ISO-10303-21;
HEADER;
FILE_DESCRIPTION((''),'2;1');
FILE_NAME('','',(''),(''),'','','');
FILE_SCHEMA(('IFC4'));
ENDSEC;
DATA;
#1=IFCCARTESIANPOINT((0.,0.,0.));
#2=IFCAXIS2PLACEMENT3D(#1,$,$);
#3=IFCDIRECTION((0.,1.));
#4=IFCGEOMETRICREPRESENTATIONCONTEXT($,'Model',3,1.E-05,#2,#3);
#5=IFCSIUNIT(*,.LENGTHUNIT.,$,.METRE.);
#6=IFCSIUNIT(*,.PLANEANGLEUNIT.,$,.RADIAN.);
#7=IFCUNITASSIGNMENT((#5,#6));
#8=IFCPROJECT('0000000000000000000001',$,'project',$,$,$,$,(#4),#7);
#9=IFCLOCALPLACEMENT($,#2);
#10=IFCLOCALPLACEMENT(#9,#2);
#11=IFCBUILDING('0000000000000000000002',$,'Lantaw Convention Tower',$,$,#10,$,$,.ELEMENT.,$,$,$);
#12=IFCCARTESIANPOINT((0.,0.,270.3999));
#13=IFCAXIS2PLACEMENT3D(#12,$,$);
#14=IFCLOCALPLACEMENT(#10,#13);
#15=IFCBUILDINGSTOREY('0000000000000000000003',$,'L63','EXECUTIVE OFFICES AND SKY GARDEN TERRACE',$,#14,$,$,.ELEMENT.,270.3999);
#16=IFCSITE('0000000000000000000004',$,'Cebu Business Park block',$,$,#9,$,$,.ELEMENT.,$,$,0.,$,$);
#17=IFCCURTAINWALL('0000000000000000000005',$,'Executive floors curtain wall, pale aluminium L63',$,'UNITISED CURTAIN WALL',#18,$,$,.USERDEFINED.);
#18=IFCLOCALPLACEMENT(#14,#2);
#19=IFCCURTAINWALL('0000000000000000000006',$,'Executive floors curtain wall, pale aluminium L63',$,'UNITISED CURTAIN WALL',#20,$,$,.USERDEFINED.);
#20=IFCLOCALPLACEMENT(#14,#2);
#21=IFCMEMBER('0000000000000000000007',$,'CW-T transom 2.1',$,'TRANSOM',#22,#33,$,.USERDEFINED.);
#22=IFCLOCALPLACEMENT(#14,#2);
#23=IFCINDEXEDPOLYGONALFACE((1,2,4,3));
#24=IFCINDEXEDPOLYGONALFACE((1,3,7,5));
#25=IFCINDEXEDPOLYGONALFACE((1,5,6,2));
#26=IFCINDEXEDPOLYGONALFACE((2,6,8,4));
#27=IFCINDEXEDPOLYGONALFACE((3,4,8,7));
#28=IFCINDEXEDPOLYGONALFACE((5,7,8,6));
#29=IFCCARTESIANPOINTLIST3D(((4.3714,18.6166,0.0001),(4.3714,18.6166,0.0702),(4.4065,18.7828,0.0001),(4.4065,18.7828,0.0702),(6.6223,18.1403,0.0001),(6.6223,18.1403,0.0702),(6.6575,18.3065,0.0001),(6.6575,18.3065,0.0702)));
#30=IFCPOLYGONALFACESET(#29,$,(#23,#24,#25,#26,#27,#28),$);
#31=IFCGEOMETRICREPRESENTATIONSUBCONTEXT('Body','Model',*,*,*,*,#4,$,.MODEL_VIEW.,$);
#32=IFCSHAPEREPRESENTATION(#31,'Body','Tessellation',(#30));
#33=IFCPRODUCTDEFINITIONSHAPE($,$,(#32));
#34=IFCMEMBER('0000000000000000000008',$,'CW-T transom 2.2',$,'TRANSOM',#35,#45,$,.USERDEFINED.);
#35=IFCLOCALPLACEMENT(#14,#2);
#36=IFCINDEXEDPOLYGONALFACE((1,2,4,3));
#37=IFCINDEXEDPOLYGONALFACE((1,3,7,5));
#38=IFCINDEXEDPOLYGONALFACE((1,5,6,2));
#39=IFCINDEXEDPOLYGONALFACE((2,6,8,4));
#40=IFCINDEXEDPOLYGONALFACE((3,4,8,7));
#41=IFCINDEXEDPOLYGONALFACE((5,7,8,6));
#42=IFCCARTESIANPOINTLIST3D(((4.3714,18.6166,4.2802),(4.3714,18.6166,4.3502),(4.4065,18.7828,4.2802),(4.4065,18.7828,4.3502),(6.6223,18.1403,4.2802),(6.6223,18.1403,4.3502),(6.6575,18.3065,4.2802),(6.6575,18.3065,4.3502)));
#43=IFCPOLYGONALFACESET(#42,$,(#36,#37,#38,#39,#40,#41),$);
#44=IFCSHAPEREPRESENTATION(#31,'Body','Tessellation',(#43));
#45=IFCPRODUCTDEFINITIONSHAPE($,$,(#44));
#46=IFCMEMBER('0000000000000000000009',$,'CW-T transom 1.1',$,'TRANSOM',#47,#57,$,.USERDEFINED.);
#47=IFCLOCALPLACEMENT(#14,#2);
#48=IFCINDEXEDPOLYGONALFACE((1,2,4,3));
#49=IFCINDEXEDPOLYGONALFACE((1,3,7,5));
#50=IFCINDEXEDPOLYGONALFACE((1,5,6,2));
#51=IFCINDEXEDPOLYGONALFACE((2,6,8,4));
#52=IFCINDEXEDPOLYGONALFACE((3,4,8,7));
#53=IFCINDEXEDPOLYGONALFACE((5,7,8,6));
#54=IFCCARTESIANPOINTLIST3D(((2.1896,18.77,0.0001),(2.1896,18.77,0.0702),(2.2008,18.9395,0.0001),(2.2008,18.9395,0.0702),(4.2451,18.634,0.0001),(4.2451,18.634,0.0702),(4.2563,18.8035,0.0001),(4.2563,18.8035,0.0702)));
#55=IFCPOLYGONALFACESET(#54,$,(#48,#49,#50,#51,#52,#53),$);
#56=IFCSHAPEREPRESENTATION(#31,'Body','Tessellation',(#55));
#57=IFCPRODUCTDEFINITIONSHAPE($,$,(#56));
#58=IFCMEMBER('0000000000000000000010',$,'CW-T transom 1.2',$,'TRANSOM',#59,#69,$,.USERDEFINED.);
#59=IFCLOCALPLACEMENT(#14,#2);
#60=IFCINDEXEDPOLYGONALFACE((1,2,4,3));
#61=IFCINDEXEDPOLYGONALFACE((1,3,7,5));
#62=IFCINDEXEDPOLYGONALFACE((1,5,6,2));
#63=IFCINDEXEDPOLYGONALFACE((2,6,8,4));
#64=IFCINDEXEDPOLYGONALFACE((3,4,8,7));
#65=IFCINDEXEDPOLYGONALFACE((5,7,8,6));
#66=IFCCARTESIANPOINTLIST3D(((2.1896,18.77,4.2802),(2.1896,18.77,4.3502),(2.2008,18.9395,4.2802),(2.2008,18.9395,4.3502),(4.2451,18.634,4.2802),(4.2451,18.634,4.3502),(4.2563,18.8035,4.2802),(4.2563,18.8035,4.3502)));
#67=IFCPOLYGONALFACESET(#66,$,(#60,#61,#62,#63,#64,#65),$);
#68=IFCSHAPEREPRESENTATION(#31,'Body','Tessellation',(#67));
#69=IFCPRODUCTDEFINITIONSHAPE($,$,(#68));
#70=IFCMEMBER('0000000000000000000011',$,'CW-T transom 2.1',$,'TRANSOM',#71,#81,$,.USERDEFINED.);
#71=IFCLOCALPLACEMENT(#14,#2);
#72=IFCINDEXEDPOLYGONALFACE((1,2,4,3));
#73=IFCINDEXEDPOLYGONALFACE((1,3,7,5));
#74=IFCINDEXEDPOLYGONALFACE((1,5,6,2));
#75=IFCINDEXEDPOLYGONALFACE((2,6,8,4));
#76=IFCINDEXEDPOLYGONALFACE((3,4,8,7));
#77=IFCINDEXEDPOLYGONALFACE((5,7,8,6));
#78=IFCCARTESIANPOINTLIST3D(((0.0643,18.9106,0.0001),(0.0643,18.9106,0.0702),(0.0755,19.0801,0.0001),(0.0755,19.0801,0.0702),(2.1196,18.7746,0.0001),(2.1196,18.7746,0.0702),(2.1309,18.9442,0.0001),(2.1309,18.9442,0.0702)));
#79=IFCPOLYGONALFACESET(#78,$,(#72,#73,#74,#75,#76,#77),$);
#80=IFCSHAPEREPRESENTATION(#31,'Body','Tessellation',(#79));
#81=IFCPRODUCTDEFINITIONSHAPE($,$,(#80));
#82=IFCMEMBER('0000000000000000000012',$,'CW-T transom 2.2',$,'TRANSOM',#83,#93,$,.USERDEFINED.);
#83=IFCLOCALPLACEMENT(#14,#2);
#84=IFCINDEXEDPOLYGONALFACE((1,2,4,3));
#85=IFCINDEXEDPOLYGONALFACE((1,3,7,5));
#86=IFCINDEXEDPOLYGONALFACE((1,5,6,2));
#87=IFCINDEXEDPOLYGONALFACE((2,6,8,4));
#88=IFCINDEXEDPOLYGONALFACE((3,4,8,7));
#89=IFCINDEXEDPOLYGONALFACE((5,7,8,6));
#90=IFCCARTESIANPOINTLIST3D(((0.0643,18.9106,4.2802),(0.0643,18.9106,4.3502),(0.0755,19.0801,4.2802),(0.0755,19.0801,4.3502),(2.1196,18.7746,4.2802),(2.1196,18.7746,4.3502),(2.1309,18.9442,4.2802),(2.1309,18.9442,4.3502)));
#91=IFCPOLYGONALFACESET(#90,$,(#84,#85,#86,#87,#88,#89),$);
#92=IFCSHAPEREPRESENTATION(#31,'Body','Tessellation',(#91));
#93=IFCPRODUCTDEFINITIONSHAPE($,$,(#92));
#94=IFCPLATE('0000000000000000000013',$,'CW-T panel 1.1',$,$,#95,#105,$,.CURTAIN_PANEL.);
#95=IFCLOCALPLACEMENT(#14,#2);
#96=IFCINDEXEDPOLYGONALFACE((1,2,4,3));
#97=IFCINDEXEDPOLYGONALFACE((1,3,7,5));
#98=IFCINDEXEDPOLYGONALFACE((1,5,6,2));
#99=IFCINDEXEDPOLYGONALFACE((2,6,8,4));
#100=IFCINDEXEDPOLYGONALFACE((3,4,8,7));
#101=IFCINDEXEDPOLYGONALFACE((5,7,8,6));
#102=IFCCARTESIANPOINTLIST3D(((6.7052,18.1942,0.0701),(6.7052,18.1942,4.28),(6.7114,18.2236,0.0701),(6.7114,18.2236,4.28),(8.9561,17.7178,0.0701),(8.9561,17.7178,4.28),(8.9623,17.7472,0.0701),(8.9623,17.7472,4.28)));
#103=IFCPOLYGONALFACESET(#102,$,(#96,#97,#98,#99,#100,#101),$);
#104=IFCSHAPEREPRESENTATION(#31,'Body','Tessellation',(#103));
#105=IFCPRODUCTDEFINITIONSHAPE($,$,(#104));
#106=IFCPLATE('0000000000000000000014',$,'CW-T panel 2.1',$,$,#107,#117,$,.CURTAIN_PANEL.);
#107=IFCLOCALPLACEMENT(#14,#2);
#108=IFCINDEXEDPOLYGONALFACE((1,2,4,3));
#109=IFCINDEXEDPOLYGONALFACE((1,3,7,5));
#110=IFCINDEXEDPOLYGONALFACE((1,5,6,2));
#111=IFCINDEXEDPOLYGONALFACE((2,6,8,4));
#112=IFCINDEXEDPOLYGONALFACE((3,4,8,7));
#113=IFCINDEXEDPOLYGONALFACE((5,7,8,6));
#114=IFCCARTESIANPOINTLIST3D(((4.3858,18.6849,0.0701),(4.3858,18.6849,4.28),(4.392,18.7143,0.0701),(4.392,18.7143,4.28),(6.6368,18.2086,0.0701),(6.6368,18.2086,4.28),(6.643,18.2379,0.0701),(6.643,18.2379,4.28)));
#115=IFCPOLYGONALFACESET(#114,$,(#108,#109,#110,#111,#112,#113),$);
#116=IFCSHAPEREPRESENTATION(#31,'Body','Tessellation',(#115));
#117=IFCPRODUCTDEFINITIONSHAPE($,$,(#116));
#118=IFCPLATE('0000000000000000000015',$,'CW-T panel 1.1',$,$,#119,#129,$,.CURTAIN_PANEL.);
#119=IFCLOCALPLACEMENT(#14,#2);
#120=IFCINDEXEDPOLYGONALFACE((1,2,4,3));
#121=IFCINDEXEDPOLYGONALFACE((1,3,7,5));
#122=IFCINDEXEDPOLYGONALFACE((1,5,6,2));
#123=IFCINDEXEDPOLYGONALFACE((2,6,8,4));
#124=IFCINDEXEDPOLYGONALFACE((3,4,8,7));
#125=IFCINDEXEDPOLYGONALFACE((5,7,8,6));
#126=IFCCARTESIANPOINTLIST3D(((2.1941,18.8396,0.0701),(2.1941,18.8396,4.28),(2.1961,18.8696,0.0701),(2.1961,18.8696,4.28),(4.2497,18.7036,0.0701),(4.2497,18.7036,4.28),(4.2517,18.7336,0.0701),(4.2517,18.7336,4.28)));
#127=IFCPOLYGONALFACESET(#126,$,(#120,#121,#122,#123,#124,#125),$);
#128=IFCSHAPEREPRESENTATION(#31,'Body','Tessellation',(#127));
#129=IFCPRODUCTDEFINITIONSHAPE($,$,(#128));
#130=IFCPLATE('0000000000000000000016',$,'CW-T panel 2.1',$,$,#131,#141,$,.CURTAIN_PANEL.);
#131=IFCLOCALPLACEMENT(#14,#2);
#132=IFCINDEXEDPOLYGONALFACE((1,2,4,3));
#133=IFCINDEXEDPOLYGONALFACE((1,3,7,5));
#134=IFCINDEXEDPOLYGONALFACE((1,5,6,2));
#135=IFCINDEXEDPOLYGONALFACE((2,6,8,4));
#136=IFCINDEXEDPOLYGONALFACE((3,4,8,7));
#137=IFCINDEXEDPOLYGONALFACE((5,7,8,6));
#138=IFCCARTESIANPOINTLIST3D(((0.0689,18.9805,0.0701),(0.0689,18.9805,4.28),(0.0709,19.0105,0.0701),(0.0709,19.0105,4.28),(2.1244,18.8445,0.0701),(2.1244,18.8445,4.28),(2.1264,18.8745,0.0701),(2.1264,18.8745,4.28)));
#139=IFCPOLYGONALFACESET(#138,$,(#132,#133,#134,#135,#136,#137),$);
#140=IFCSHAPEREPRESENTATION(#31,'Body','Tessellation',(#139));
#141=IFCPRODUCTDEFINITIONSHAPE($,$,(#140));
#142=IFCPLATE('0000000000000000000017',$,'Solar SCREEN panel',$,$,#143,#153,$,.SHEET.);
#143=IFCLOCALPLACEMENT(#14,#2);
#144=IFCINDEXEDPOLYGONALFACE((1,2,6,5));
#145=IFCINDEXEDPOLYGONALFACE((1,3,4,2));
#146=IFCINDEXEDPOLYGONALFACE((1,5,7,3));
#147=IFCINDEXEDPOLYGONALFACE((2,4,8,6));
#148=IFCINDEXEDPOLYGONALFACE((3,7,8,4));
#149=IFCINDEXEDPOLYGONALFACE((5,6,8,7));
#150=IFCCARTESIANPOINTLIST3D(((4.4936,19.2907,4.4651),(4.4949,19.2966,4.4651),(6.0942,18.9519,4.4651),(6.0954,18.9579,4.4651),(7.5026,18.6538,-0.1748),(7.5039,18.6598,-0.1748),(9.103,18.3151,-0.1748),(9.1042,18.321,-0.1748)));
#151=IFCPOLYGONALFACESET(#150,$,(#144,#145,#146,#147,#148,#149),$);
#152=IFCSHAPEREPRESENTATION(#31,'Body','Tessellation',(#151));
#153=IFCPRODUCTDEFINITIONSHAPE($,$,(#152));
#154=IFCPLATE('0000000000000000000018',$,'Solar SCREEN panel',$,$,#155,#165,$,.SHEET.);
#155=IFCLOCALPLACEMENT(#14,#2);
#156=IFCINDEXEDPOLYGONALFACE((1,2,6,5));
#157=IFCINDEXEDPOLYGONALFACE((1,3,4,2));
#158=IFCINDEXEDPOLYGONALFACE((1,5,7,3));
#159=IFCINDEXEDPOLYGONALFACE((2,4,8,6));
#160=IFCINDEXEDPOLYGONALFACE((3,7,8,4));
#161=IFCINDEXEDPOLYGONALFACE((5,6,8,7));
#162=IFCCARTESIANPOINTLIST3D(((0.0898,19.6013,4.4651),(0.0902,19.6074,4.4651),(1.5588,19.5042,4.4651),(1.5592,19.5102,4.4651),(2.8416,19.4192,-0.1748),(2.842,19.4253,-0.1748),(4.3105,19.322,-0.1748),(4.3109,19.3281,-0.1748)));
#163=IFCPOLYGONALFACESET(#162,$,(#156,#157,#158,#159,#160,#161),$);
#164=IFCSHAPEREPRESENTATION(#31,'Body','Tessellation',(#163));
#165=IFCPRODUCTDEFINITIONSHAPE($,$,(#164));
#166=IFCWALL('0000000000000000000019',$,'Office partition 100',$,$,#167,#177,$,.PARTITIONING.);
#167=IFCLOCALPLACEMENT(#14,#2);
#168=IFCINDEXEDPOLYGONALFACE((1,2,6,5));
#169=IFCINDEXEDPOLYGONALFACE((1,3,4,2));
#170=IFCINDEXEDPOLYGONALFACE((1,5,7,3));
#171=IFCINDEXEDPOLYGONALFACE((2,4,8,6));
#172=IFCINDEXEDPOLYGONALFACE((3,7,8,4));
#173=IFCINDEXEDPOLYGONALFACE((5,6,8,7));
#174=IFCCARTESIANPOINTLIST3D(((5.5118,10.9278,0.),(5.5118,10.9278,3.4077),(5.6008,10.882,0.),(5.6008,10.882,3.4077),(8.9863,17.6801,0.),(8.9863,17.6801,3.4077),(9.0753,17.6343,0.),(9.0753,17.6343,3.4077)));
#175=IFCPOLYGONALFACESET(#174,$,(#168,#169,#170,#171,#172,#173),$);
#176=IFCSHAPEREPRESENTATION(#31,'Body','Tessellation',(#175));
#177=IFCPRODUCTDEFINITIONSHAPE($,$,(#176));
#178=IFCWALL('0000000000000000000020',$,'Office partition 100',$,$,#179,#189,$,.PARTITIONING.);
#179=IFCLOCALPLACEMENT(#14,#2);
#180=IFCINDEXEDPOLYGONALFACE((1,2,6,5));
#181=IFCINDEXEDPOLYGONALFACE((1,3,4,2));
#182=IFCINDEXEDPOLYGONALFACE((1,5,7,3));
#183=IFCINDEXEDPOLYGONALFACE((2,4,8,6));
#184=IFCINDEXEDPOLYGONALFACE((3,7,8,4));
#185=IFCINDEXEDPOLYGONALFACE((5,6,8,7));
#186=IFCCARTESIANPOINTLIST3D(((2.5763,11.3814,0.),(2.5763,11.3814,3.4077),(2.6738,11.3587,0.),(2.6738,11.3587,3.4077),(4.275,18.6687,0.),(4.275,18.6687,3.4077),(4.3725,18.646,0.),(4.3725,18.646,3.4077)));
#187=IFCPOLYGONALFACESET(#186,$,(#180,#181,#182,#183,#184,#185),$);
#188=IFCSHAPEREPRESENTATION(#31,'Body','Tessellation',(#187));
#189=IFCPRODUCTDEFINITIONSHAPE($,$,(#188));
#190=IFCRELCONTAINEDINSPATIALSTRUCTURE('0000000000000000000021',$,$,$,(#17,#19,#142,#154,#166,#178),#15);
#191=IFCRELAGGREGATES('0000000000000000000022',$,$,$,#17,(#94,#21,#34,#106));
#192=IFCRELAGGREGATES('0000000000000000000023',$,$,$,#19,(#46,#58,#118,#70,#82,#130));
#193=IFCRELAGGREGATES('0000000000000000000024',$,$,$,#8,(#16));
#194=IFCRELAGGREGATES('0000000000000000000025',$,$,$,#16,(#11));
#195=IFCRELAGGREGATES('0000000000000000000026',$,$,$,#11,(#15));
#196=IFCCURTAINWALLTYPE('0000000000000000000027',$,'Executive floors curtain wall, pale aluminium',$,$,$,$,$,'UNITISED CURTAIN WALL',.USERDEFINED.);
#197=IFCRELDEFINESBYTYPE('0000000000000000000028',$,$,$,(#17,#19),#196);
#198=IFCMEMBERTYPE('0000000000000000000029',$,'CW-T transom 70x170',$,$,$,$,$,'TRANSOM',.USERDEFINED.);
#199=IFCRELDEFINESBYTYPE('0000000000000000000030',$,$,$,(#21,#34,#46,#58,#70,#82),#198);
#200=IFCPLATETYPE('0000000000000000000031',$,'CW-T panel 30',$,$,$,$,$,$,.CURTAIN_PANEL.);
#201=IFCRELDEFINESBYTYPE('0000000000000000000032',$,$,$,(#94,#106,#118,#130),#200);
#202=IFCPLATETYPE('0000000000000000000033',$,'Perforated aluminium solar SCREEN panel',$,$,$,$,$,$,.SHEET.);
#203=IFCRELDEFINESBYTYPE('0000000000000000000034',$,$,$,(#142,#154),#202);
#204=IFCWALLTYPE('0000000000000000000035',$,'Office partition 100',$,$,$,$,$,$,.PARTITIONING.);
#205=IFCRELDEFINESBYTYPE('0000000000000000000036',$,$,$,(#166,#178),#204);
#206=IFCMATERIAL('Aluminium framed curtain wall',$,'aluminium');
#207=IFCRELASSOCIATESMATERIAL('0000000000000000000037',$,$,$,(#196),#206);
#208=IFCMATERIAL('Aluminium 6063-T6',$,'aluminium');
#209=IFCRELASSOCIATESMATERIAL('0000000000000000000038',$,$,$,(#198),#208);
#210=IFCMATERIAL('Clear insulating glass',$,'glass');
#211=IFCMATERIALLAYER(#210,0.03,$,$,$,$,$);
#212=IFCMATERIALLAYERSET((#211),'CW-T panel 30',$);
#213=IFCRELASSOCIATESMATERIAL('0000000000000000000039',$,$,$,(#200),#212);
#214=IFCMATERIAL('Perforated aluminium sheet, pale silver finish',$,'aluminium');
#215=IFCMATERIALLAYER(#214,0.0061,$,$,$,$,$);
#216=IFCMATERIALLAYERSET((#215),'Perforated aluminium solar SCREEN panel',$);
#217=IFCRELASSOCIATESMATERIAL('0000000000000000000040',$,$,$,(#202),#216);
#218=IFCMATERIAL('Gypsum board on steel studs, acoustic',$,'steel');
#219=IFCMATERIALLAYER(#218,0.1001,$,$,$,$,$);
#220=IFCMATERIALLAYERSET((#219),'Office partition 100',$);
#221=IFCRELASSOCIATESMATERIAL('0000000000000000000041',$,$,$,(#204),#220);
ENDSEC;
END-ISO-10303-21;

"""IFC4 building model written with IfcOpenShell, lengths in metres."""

from ifc_helpers import new_model, si_unit, direction, frame, frame_2d, origin, origin_2d, place, context, subcontext, project, spatial, polyline, rectangle, outline, extrude, material, layer, layer_set, material_profile, profile_set, type_object, element, aggregate, save


model = new_model("IFC4")

# Units and contexts
model_context = context("Model", 3, precision=1e-05, world=origin(), true_north=direction((0.0, 1.0)))
body_context = subcontext(model_context, "Body", "Model", "MODEL_VIEW")
ifc_project = project(units=[si_unit("LENGTHUNIT", "METRE"), si_unit("PLANEANGLEUNIT", "RADIAN")], contexts=[model_context])

# Site, building, storey
site_placement = place(None, origin())
site = spatial("IfcSite", under=ifc_project, at=site_placement, Name="Cebu Business Park block", CompositionType="ELEMENT", RefElevation=0.0)
building_placement = place(site_placement, origin())
building = spatial("IfcBuilding", under=site, at=building_placement, Name="Lantaw Convention Tower", CompositionType="ELEMENT")
storey_placement = place(building_placement, frame((0.0, 0.0, 270.3999)))
storey = spatial("IfcBuildingStorey", under=building, at=storey_placement, Name="L63", Description="EXECUTIVE OFFICES AND SKY GARDEN TERRACE", CompositionType="ELEMENT", Elevation=270.3999)

# Shared definitions
ifc_material_1 = material(Name="Aluminium framed curtain wall", Category="aluminium")
curtain_wall_type = type_object("IfcCurtainWallType", Name="Executive floors curtain wall, pale aluminium", ElementType="UNITISED CURTAIN WALL", PredefinedType="USERDEFINED", material=ifc_material_1)
ifc_material_2 = material(Name="Aluminium 6063-T6", Category="aluminium")

# Curtain walls
curtain_wall_1_placement = place(storey_placement, origin())
curtain_wall_1 = element("IfcCurtainWall", 1, at=curtain_wall_1_placement, inside=storey, type_object=curtain_wall_type, Name="Executive floors curtain wall, pale aluminium L63", ObjectType="UNITISED CURTAIN WALL", PredefinedType="USERDEFINED")
curtain_wall_2_placement = place(storey_placement, origin())
curtain_wall_2 = element("IfcCurtainWall", 2, at=curtain_wall_2_placement, inside=storey, type_object=curtain_wall_type, Name="Executive floors curtain wall, pale aluminium L63", ObjectType="UNITISED CURTAIN WALL", PredefinedType="USERDEFINED")

# Members
ifc_material_profile_1 = material_profile(ifc_material_2, rectangle(XDim=0.1699, YDim=0.0701, at=origin_2d()), Name="CW-T transom 70x170")
ifc_profile_set_1 = profile_set([ifc_material_profile_1], Name="Aluminium 6063-T6")
member_type_1 = type_object("IfcMemberType", Name="CW-T transom 70x170", ElementType="TRANSOM", PredefinedType="USERDEFINED", material=ifc_profile_set_1)
member_1_placement = place(storey_placement, frame((6.6399, 18.2234, 0.0352), z_axis=(-0.978336, 0.207021, 0.0), x_axis=(-0.207021, -0.978336, 0.0)))
member_1 = element("IfcMember", 3, at=member_1_placement, type_object=member_type_1, Name="CW-T transom 2.1", ObjectType="TRANSOM", PredefinedType="USERDEFINED", context=body_context, shape_type="SweptSolid", body=[
    extrude(rectangle(XDim=0.1699, YDim=0.0701, at=origin_2d()), origin(), (0.0, 0.0, 1.0), 2.3008),
])
member_2_placement = place(storey_placement, frame((6.6399, 18.2234, 4.3152), z_axis=(-0.978336, 0.207021, 0.0), x_axis=(-0.207021, -0.978336, 0.0)))
member_2 = element("IfcMember", 4, at=member_2_placement, type_object=member_type_1, Name="CW-T transom 2.2", ObjectType="TRANSOM", PredefinedType="USERDEFINED", context=body_context, shape_type="SweptSolid", body=[
    extrude(rectangle(XDim=0.1699, YDim=0.0701, at=origin_2d()), origin(), (0.0, 0.0, 1.0), 2.3008),
])
member_3_placement = place(storey_placement, frame((4.2507, 18.7188, 0.0352), z_axis=(-0.997819, 0.066008, 0.0), x_axis=(-0.066008, -0.997819, 0.0)))
member_3 = element("IfcMember", 5, at=member_3_placement, type_object=member_type_1, Name="CW-T transom 1.1", ObjectType="TRANSOM", PredefinedType="USERDEFINED", context=body_context, shape_type="SweptSolid", body=[
    extrude(rectangle(XDim=0.1699, YDim=0.0701, at=origin_2d()), origin(), (0.0, 0.0, 1.0), 2.0601),
])
member_4_placement = place(storey_placement, frame((4.2507, 18.7188, 4.3152), z_axis=(-0.997819, 0.066008, 0.0), x_axis=(-0.066008, -0.997819, 0.0)))
member_4 = element("IfcMember", 6, at=member_4_placement, type_object=member_type_1, Name="CW-T transom 1.2", ObjectType="TRANSOM", PredefinedType="USERDEFINED", context=body_context, shape_type="SweptSolid", body=[
    extrude(rectangle(XDim=0.1699, YDim=0.0701, at=origin_2d()), origin(), (0.0, 0.0, 1.0), 2.0601),
])
member_5_placement = place(storey_placement, frame((2.1252, 18.8594, 0.0352), z_axis=(-0.997819, 0.066016, 0.0), x_axis=(-0.066016, -0.997819, 0.0)))
member_5 = element("IfcMember", 7, at=member_5_placement, type_object=member_type_1, Name="CW-T transom 2.1", ObjectType="TRANSOM", PredefinedType="USERDEFINED", context=body_context, shape_type="SweptSolid", body=[
    extrude(rectangle(XDim=0.1699, YDim=0.0701, at=origin_2d()), origin(), (0.0, 0.0, 1.0), 2.0598),
])
member_6_placement = place(storey_placement, frame((2.1252, 18.8594, 4.3152), z_axis=(-0.997819, 0.066016, 0.0), x_axis=(-0.066016, -0.997819, 0.0)))
member_6 = element("IfcMember", 8, at=member_6_placement, type_object=member_type_1, Name="CW-T transom 2.2", ObjectType="TRANSOM", PredefinedType="USERDEFINED", context=body_context, shape_type="SweptSolid", body=[
    extrude(rectangle(XDim=0.1699, YDim=0.0701, at=origin_2d()), origin(), (0.0, 0.0, 1.0), 2.0598),
])

# Plates
ifc_material_3 = material(Name="Clear insulating glass", Category="glass")
ifc_layer_1 = layer(ifc_material_3, 0.03)
ifc_layer_set_1 = layer_set([ifc_layer_1], Name="CW-T panel 30")
plate_type_1 = type_object("IfcPlateType", Name="CW-T panel 30", PredefinedType="CURTAIN_PANEL", material=ifc_layer_set_1)
plate_1_placement = place(storey_placement, frame((7.8337, 17.9707, 0.0701), z_axis=(0.0, 0.0, 1.0), x_axis=(-0.978332, 0.20704, 0.0)))
plate_1 = element("IfcPlate", 9, at=plate_1_placement, type_object=plate_type_1, Name="CW-T panel 1.1", PredefinedType="CURTAIN_PANEL", context=body_context, shape_type="SweptSolid", body=[
    extrude(rectangle(XDim=2.3008, YDim=0.03, at=origin_2d()), origin(), (0.0, 0.0, 1.0), 4.21),
])
plate_2_placement = place(storey_placement, frame((5.5144, 18.4614, 0.0701), z_axis=(0.0, 0.0, 1.0), x_axis=(-0.978332, 0.20704, 0.0)))
plate_2 = element("IfcPlate", 10, at=plate_2_placement, type_object=plate_type_1, Name="CW-T panel 2.1", PredefinedType="CURTAIN_PANEL", context=body_context, shape_type="SweptSolid", body=[
    extrude(rectangle(XDim=2.3008, YDim=0.03, at=origin_2d()), origin(), (0.0, 0.0, 1.0), 4.21),
])
aggregate(curtain_wall_1, [plate_1, member_1, member_2, plate_2])
plate_3_placement = place(storey_placement, frame((3.2229, 18.7866, 0.0701), z_axis=(0.0, 0.0, 1.0), x_axis=(-0.997818, 0.066025, 0.0)))
plate_3 = element("IfcPlate", 11, at=plate_3_placement, type_object=plate_type_1, Name="CW-T panel 1.1", PredefinedType="CURTAIN_PANEL", context=body_context, shape_type="SweptSolid", body=[
    extrude(rectangle(XDim=2.0601, YDim=0.03, at=origin_2d()), origin(), (0.0, 0.0, 1.0), 4.21),
])
plate_4_placement = place(storey_placement, frame((1.0977, 18.9275, 0.0701), z_axis=(0.0, 0.0, 1.0), x_axis=(-0.997818, 0.066025, 0.0)))
plate_4 = element("IfcPlate", 12, at=plate_4_placement, type_object=plate_type_1, Name="CW-T panel 2.1", PredefinedType="CURTAIN_PANEL", context=body_context, shape_type="SweptSolid", body=[
    extrude(rectangle(XDim=2.0601, YDim=0.03, at=origin_2d()), origin(), (0.0, 0.0, 1.0), 4.21),
])
aggregate(curtain_wall_2, [member_3, member_4, plate_3, member_5, member_6, plate_4])

# Plates
ifc_material_4 = material(Name="Perforated aluminium sheet, pale silver finish", Category="aluminium")
ifc_layer_2 = layer(ifc_material_4, 0.0061)
ifc_layer_set_2 = layer_set([ifc_layer_2], Name="Perforated aluminium solar SCREEN panel")
plate_type_2 = type_object("IfcPlateType", Name="Perforated aluminium solar SCREEN panel", PredefinedType="SHEET", material=ifc_layer_set_2)
plate_5_placement = place(storey_placement, frame((9.1042, 18.321, -0.1748), z_axis=(0.207067, 0.978327, 0.000002), x_axis=(-0.978327, 0.207067, 0.0)))
element("IfcPlate", 13, at=plate_5_placement, inside=storey, type_object=plate_type_2, Name="Solar SCREEN panel", PredefinedType="SHEET", context=body_context, shape_type="SweptSolid", body=[
    extrude(outline(polyline([(0.0, 0.0), (1.6358, 0.0), (4.7115, 4.6399), (3.0755, 4.6399), (0.0, 0.0)])), origin(), (0.0, 0.0, -1.0), 0.0061),
])
plate_6_placement = place(storey_placement, frame((4.3105, 19.322, -0.1748), z_axis=(-0.066002, -0.99782, 0.000025), x_axis=(-0.99782, 0.066002, 0.0)))
element("IfcPlate", 14, at=plate_6_placement, inside=storey, type_object=plate_type_2, Name="Solar SCREEN panel", PredefinedType="SHEET", context=body_context, shape_type="SweptSolid", body=[
    extrude(outline(polyline([(0.0, 0.0), (1.4722, 0.0), (4.2299, -4.6399), (2.7577, -4.6399), (0.0, 0.0)])), origin(), (0.0, 0.0, -1.0), 0.0061),
])

# Walls
ifc_material_5 = material(Name="Gypsum board on steel studs, acoustic", Category="steel")
ifc_layer_3 = layer(ifc_material_5, 0.1001)
ifc_layer_set_3 = layer_set([ifc_layer_3], Name="Office partition 100")
wall_type_1 = type_object("IfcWallType", Name="Office partition 100", PredefinedType="PARTITIONING", material=ifc_layer_set_3)
wall_1_placement = place(storey_placement, frame((9.0308, 17.6572, 0.0), z_axis=(0.0, 0.0, 1.0), x_axis=(-0.457536, -0.889191, 0.0)))
element("IfcWall", 15, at=wall_1_placement, inside=storey, type_object=wall_type_1, Name="Office partition 100", PredefinedType="PARTITIONING", context=body_context, shape_type="SweptSolid", body=[
    extrude(rectangle(XDim=7.5938, YDim=0.1001, at=frame_2d((3.7969, 0.0))), origin(), (0.0, 0.0, 1.0), 3.4077),
])
wall_2_placement = place(storey_placement, frame((4.3237, 18.6572, 0.0), z_axis=(0.0, 0.0, 1.0), x_axis=(-0.22702, -0.97389, 0.0)))
element("IfcWall", 16, at=wall_2_placement, inside=storey, type_object=wall_type_1, Name="Office partition 100", PredefinedType="PARTITIONING", context=body_context, shape_type="SweptSolid", body=[
    extrude(rectangle(XDim=7.4827, YDim=0.1001, at=frame_2d((3.7412, 0.0))), origin(), (0.0, 0.0, 1.0), 3.4077),
])

save(model, "model.ifc")
